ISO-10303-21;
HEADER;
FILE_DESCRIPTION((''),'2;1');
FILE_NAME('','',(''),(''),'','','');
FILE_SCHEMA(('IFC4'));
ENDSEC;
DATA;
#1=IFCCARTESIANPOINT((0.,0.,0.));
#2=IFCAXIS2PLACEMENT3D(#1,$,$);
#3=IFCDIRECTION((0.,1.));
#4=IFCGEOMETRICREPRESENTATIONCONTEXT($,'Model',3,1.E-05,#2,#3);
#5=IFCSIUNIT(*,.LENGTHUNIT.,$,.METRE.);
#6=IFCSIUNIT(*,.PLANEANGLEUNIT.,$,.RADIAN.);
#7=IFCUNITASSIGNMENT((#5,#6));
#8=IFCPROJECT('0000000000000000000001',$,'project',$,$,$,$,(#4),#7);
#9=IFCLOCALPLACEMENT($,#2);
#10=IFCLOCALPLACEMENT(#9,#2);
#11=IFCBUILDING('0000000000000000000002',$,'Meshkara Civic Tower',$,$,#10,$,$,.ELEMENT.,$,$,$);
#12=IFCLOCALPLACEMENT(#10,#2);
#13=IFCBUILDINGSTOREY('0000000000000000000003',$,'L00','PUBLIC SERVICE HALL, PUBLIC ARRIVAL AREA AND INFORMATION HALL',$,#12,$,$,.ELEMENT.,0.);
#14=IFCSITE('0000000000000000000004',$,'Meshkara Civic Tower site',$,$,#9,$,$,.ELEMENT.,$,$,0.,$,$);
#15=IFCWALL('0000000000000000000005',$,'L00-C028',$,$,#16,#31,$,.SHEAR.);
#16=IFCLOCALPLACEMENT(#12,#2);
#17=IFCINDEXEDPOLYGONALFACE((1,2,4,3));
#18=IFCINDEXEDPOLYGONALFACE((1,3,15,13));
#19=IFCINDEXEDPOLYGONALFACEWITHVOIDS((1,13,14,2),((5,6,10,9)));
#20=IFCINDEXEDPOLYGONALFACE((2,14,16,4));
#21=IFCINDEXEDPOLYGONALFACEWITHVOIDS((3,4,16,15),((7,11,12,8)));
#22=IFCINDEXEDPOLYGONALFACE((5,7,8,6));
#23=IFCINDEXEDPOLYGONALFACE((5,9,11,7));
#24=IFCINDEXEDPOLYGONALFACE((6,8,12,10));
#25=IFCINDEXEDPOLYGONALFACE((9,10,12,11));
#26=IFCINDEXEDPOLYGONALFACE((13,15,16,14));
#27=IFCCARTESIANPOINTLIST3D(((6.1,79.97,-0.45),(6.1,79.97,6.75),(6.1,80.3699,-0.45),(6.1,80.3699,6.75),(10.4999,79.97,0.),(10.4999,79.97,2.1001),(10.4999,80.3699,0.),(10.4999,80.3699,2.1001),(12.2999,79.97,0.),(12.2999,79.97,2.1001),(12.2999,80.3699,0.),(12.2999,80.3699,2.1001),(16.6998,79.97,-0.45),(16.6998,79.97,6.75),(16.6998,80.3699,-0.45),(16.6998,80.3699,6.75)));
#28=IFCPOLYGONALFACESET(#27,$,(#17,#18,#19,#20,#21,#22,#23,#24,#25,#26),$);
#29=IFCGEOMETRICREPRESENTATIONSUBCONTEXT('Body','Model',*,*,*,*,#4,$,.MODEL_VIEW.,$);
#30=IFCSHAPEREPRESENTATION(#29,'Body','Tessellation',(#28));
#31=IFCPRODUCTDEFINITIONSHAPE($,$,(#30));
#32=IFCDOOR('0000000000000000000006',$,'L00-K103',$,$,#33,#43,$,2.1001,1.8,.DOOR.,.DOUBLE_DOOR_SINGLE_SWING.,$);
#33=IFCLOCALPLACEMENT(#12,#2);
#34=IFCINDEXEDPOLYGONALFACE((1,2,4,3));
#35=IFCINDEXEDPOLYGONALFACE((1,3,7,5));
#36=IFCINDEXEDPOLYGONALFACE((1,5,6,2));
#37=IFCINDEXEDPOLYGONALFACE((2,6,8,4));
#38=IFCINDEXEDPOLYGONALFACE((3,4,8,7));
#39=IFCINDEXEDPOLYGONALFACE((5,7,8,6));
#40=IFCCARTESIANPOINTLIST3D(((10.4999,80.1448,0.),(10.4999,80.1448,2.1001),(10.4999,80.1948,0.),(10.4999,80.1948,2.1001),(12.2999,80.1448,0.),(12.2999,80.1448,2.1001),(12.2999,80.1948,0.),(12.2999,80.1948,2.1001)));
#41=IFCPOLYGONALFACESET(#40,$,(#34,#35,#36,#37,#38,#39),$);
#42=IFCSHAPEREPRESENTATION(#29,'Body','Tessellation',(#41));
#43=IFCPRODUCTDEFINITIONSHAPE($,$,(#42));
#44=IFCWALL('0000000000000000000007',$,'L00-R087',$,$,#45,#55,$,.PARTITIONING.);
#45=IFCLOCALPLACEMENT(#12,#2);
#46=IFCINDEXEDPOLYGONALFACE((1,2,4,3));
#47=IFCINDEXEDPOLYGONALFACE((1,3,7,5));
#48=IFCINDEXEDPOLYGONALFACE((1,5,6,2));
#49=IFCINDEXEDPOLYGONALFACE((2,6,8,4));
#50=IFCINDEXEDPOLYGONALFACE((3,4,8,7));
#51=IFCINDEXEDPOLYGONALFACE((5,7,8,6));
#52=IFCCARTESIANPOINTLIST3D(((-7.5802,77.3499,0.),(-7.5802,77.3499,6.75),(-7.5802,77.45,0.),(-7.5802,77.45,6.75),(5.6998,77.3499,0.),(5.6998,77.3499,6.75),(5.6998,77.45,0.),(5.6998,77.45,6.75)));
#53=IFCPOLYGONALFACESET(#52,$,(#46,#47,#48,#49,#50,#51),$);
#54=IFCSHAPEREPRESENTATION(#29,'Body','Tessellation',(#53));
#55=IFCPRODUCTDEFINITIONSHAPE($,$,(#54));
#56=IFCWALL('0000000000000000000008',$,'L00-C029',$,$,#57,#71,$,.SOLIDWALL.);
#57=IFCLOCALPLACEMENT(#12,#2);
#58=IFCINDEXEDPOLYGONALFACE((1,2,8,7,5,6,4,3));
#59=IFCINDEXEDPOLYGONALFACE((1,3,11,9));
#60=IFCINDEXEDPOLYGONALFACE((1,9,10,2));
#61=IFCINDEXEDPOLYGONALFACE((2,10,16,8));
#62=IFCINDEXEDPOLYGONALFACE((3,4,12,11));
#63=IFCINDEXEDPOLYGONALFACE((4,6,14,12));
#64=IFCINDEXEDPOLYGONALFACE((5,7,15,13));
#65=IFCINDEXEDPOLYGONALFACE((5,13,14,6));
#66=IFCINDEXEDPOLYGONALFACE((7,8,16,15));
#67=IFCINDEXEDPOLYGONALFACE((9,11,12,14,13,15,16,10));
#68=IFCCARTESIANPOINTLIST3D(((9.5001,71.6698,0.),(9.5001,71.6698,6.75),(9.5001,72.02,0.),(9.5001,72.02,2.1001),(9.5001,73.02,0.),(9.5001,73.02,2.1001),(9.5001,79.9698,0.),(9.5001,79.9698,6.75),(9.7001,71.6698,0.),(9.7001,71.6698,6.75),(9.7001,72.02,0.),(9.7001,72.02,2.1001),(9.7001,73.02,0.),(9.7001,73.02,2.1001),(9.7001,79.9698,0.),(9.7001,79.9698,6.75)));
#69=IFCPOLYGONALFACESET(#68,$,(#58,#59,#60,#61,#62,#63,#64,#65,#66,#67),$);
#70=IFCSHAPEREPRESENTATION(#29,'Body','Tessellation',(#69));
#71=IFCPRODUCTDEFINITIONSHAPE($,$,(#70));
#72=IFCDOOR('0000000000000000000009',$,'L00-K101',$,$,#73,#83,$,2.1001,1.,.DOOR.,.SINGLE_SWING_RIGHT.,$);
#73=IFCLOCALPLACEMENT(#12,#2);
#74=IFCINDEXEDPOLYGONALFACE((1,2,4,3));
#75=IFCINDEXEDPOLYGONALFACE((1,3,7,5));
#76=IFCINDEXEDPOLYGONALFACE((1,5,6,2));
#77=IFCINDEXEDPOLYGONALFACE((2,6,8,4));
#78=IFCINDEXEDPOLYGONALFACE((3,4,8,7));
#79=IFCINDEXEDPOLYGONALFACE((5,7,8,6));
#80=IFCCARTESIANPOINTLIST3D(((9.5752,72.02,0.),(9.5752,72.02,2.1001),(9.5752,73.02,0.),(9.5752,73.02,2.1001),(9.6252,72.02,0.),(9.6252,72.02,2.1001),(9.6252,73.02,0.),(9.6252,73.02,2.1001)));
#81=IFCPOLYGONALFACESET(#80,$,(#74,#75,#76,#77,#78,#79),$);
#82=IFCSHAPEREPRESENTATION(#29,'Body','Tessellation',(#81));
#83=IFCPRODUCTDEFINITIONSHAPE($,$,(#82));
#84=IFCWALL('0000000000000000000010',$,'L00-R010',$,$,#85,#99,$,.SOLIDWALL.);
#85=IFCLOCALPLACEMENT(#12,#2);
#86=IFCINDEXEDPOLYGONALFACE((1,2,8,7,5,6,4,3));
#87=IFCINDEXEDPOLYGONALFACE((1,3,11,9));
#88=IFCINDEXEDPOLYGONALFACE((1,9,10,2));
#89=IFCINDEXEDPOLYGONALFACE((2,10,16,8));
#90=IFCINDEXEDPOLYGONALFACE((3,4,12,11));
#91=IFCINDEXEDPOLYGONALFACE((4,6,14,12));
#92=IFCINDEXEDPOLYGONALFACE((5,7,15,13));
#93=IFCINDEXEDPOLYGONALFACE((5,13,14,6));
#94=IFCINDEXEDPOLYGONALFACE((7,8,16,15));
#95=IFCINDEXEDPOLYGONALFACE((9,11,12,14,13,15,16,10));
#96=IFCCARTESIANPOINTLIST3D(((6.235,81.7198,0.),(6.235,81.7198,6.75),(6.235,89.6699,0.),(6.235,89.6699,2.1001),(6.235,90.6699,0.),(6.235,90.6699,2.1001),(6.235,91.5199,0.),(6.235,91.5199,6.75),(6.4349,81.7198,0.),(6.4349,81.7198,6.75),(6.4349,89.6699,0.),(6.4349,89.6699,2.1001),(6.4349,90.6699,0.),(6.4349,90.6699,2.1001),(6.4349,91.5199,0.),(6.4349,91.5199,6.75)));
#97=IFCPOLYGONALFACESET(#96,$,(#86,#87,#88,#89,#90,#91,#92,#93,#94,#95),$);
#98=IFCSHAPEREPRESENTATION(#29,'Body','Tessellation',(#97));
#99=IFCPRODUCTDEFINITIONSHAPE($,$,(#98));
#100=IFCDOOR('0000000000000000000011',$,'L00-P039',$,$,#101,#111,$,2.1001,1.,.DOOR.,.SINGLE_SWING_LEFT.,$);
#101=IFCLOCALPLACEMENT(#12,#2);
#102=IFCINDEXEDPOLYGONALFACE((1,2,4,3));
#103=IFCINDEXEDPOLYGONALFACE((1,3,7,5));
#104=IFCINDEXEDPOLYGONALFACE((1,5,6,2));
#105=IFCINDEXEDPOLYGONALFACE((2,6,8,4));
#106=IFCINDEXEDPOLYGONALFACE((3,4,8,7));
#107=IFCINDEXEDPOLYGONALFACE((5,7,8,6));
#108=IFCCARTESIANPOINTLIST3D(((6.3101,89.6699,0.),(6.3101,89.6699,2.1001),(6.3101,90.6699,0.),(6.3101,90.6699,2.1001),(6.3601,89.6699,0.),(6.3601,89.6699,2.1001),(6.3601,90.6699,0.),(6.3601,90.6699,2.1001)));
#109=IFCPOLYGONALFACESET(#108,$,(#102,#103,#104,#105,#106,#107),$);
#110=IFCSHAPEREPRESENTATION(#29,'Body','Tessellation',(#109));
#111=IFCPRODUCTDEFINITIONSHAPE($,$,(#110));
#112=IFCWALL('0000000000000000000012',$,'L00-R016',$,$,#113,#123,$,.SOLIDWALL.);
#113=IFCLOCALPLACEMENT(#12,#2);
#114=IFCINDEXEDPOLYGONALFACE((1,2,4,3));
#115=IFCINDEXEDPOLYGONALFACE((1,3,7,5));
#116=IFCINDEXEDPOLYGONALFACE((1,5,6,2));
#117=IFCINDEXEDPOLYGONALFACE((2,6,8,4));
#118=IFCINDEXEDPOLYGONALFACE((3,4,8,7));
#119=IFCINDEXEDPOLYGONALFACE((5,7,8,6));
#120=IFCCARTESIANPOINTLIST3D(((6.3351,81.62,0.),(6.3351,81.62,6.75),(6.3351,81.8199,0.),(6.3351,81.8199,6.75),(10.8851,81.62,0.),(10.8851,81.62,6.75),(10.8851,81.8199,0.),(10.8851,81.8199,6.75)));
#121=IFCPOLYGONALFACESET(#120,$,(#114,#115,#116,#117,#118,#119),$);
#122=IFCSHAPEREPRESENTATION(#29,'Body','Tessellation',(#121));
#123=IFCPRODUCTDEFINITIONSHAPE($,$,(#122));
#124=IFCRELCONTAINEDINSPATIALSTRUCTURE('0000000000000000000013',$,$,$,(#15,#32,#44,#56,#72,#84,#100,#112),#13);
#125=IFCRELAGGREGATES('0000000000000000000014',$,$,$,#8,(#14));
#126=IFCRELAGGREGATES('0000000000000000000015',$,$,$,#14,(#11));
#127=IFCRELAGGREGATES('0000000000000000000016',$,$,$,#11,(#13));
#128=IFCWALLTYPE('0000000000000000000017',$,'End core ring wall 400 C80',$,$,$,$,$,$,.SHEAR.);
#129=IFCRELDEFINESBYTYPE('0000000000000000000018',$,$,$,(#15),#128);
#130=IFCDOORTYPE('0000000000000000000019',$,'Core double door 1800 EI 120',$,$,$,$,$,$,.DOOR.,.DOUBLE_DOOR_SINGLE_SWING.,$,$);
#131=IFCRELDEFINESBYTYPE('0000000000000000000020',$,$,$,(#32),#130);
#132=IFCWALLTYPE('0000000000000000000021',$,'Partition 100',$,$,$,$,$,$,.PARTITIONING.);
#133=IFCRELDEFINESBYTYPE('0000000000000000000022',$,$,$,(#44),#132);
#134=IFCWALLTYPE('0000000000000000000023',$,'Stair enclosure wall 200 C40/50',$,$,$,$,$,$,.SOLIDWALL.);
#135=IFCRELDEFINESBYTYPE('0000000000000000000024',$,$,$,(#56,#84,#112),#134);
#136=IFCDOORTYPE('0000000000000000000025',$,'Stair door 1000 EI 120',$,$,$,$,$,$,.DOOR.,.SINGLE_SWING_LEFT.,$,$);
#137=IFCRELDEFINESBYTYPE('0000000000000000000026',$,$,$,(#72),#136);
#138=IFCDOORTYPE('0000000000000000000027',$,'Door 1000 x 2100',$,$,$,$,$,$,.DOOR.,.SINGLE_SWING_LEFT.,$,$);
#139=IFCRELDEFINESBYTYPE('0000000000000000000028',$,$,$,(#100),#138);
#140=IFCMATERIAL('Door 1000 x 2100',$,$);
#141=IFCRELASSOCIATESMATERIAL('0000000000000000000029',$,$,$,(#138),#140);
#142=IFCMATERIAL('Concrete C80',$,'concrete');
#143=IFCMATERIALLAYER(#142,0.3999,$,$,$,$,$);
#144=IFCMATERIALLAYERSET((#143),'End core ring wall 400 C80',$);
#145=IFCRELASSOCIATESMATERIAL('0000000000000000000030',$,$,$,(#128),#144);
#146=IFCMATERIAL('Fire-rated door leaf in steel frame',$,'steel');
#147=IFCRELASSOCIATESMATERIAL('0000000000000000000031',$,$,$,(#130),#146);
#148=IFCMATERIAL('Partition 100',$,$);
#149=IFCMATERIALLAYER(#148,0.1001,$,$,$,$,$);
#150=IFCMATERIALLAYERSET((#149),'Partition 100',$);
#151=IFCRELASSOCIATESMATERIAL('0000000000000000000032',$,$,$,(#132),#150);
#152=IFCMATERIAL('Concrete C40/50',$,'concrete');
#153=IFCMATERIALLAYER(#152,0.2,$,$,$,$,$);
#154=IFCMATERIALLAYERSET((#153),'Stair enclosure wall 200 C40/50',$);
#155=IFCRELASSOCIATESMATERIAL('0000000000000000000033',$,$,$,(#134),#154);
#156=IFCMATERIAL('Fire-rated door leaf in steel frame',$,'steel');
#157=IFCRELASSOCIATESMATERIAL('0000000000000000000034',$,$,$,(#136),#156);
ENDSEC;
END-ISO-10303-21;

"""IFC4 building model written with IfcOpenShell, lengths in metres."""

from ifc_helpers import new_model, si_unit, direction, frame, frame_2d, origin, place, context, subcontext, project, spatial, rectangle, extrude, material, layer, layer_set, type_object, element, fill, save


model = new_model("IFC4")

# Units and contexts
model_context = context("Model", 3, precision=1e-05, world=origin(), true_north=direction((0.0, 1.0)))
body_context = subcontext(model_context, "Body", "Model", "MODEL_VIEW")
ifc_project = project(units=[si_unit("LENGTHUNIT", "METRE"), si_unit("PLANEANGLEUNIT", "RADIAN")], contexts=[model_context])

# Site, building, storey
site_placement = place(None, origin())
site = spatial("IfcSite", under=ifc_project, at=site_placement, Name="Meshkara Civic Tower site", CompositionType="ELEMENT", RefElevation=0.0)
building_placement = place(site_placement, origin())
building = spatial("IfcBuilding", under=site, at=building_placement, Name="Meshkara Civic Tower", CompositionType="ELEMENT")
storey_placement = place(building_placement, origin())
storey = spatial("IfcBuildingStorey", under=building, at=storey_placement, Name="L00", Description="PUBLIC SERVICE HALL, PUBLIC ARRIVAL AREA AND INFORMATION HALL", CompositionType="ELEMENT", Elevation=0.0)

# Shared definitions
ifc_material_1 = material(Name="Door 1000 x 2100")
door_type_1 = type_object("IfcDoorType", Name="Door 1000 x 2100", OperationType="SINGLE_SWING_LEFT", PredefinedType="DOOR", material=ifc_material_1)

# Shared definitions
ifc_material_2 = material(Name="Concrete C80", Category="concrete")
ifc_layer_1 = layer(ifc_material_2, 0.3999)
ifc_layer_set_1 = layer_set([ifc_layer_1], Name="End core ring wall 400 C80")
wall_type_1 = type_object("IfcWallType", Name="End core ring wall 400 C80", PredefinedType="SHEAR", material=ifc_layer_set_1)

# Wall, opening, door
wall_1_placement = place(storey_placement, frame((6.1001, 80.1699, -0.45), z_axis=(0.0, 0.0, 1.0), x_axis=(1.0, 0.0, 0.0)))
wall_1 = element("IfcWall", 1, at=wall_1_placement, inside=storey, type_object=wall_type_1, Name="L00-C028", PredefinedType="SHEAR", context=body_context, shape_type="SweptSolid", body=[
    extrude(rectangle(XDim=10.5999, YDim=0.3999, at=frame_2d((5.2998, 0.0))), origin(), (0.0, 0.0, 1.0), 7.2),
])
opening_1_placement = place(wall_1_placement, frame((4.3999, 0.0, 0.45)))
opening_1 = element("IfcOpeningElement", 2, at=opening_1_placement, cuts=wall_1, PredefinedType="OPENING", context=body_context, shape_type="SweptSolid", body=[
    extrude(rectangle(XDim=1.8, YDim=2.1001, at=frame_2d((0.8999, 1.05))), frame((0.0, 0.21, 0.0), z_axis=(0.0, -1.0, 0.0), x_axis=(1.0, 0.0, 0.0)), (0.0, 0.0, 1.0), 0.4199),
])
ifc_material_3 = material(Name="Fire-rated door leaf in steel frame", Category="steel")
door_type_2 = type_object("IfcDoorType", Name="Core double door 1800 EI 120", OperationType="DOUBLE_DOOR_SINGLE_SWING", PredefinedType="DOOR", material=ifc_material_3)
door_1_placement = place(opening_1_placement, origin())
door_1 = element("IfcDoor", 3, at=door_1_placement, inside=storey, type_object=door_type_2, Name="L00-K103", OperationType="DOUBLE_DOOR_SINGLE_SWING", OverallHeight=2.1001, OverallWidth=1.8, PredefinedType="DOOR", context=body_context, shape_type="SweptSolid", body=[
    extrude(rectangle(XDim=1.8, YDim=2.1001, at=frame_2d((0.8999, 1.05))), frame((0.0, 0.0249, 0.0), z_axis=(0.0, -1.0, 0.0), x_axis=(1.0, 0.0, 0.0)), (0.0, 0.0, 1.0), 0.05),
])
fill(opening_1, door_1)

# Wall
ifc_material_4 = material(Name="Partition 100")
ifc_layer_2 = layer(ifc_material_4, 0.1001)
ifc_layer_set_2 = layer_set([ifc_layer_2], Name="Partition 100")
wall_type_2 = type_object("IfcWallType", Name="Partition 100", PredefinedType="PARTITIONING", material=ifc_layer_set_2)
wall_2_placement = place(storey_placement, frame((5.7, 77.3999, 0.0), z_axis=(0.0, 0.0, 1.0), x_axis=(-1.0, 0.0, 0.0)))
element("IfcWall", 4, at=wall_2_placement, inside=storey, type_object=wall_type_2, Name="L00-R087", PredefinedType="PARTITIONING", context=body_context, shape_type="SweptSolid", body=[
    extrude(rectangle(XDim=13.28, YDim=0.1001, at=frame_2d((6.6401, 0.0))), origin(), (0.0, 0.0, 1.0), 6.75),
])

# Walls, openings, doors
ifc_material_5 = material(Name="Concrete C40/50", Category="concrete")
ifc_layer_3 = layer(ifc_material_5, 0.2)
ifc_layer_set_3 = layer_set([ifc_layer_3], Name="Stair enclosure wall 200 C40/50")
wall_type_3 = type_object("IfcWallType", Name="Stair enclosure wall 200 C40/50", PredefinedType="SOLIDWALL", material=ifc_layer_set_3)
wall_3_placement = place(storey_placement, frame((9.6001, 71.6699, 0.0), z_axis=(0.0, 0.0, 1.0), x_axis=(0.0, 1.0, 0.0)))
wall_3 = element("IfcWall", 5, at=wall_3_placement, inside=storey, type_object=wall_type_3, Name="L00-C029", PredefinedType="SOLIDWALL", context=body_context, shape_type="SweptSolid", body=[
    extrude(rectangle(XDim=8.3, YDim=0.2, at=frame_2d((4.1499, 0.0))), origin(), (0.0, 0.0, 1.0), 6.75),
])
opening_2_placement = place(wall_3_placement, frame((0.3501, 0.0, 0.0)))
opening_2 = element("IfcOpeningElement", 6, at=opening_2_placement, cuts=wall_3, PredefinedType="OPENING", context=body_context, shape_type="SweptSolid", body=[
    extrude(rectangle(XDim=1.0, YDim=2.1001, at=frame_2d((0.5, 1.05))), frame((0.0, 0.1099, 0.0), z_axis=(0.0, -1.0, 0.0), x_axis=(1.0, 0.0, 0.0)), (0.0, 0.0, 1.0), 0.22),
])
ifc_material_6 = material(Name="Fire-rated door leaf in steel frame", Category="steel")
door_type_3 = type_object("IfcDoorType", Name="Stair door 1000 EI 120", OperationType="SINGLE_SWING_LEFT", PredefinedType="DOOR", material=ifc_material_6)
door_2_placement = place(opening_2_placement, origin())
door_2 = element("IfcDoor", 7, at=door_2_placement, inside=storey, type_object=door_type_3, Name="L00-K101", OperationType="SINGLE_SWING_RIGHT", OverallHeight=2.1001, OverallWidth=1.0, PredefinedType="DOOR", context=body_context, shape_type="SweptSolid", body=[
    extrude(rectangle(XDim=1.0, YDim=2.1001, at=frame_2d((0.5, 1.05))), frame((0.0, 0.0249, 0.0), z_axis=(0.0, -1.0, 0.0), x_axis=(1.0, 0.0, 0.0)), (0.0, 0.0, 1.0), 0.05),
])
fill(opening_2, door_2)
wall_4_placement = place(storey_placement, frame((6.335, 81.72, 0.0), z_axis=(0.0, 0.0, 1.0), x_axis=(0.0, 1.0, 0.0)))
wall_4 = element("IfcWall", 8, at=wall_4_placement, inside=storey, type_object=wall_type_3, Name="L00-R010", PredefinedType="SOLIDWALL", context=body_context, shape_type="SweptSolid", body=[
    extrude(rectangle(XDim=9.8, YDim=0.2, at=frame_2d((4.8999, 0.0))), origin(), (0.0, 0.0, 1.0), 6.75),
])
opening_3_placement = place(wall_4_placement, frame((7.95, 0.0, 0.0)))
opening_3 = element("IfcOpeningElement", 9, at=opening_3_placement, cuts=wall_4, PredefinedType="OPENING", context=body_context, shape_type="SweptSolid", body=[
    extrude(rectangle(XDim=1.0, YDim=2.1001, at=frame_2d((0.5, 1.05))), frame((0.0, 0.1099, 0.0), z_axis=(0.0, -1.0, 0.0), x_axis=(1.0, 0.0, 0.0)), (0.0, 0.0, 1.0), 0.22),
])
door_3_placement = place(opening_3_placement, origin())
door_3 = element("IfcDoor", 10, at=door_3_placement, inside=storey, type_object=door_type_1, Name="L00-P039", OperationType="SINGLE_SWING_LEFT", OverallHeight=2.1001, OverallWidth=1.0, PredefinedType="DOOR", context=body_context, shape_type="SweptSolid", body=[
    extrude(rectangle(XDim=1.0, YDim=2.1001, at=frame_2d((0.5, 1.05))), frame((0.0, 0.0249, 0.0), z_axis=(0.0, -1.0, 0.0), x_axis=(1.0, 0.0, 0.0)), (0.0, 0.0, 1.0), 0.05),
])
fill(opening_3, door_3)

# Wall
wall_5_placement = place(storey_placement, frame((10.885, 81.72, 0.0), z_axis=(0.0, 0.0, 1.0), x_axis=(-1.0, 0.0, 0.0)))
element("IfcWall", 11, at=wall_5_placement, inside=storey, type_object=wall_type_3, Name="L00-R016", PredefinedType="SOLIDWALL", context=body_context, shape_type="SweptSolid", body=[
    extrude(rectangle(XDim=4.55, YDim=0.2, at=frame_2d((2.2749, 0.0))), origin(), (0.0, 0.0, 1.0), 6.75),
])

save(model, "model.ifc")
